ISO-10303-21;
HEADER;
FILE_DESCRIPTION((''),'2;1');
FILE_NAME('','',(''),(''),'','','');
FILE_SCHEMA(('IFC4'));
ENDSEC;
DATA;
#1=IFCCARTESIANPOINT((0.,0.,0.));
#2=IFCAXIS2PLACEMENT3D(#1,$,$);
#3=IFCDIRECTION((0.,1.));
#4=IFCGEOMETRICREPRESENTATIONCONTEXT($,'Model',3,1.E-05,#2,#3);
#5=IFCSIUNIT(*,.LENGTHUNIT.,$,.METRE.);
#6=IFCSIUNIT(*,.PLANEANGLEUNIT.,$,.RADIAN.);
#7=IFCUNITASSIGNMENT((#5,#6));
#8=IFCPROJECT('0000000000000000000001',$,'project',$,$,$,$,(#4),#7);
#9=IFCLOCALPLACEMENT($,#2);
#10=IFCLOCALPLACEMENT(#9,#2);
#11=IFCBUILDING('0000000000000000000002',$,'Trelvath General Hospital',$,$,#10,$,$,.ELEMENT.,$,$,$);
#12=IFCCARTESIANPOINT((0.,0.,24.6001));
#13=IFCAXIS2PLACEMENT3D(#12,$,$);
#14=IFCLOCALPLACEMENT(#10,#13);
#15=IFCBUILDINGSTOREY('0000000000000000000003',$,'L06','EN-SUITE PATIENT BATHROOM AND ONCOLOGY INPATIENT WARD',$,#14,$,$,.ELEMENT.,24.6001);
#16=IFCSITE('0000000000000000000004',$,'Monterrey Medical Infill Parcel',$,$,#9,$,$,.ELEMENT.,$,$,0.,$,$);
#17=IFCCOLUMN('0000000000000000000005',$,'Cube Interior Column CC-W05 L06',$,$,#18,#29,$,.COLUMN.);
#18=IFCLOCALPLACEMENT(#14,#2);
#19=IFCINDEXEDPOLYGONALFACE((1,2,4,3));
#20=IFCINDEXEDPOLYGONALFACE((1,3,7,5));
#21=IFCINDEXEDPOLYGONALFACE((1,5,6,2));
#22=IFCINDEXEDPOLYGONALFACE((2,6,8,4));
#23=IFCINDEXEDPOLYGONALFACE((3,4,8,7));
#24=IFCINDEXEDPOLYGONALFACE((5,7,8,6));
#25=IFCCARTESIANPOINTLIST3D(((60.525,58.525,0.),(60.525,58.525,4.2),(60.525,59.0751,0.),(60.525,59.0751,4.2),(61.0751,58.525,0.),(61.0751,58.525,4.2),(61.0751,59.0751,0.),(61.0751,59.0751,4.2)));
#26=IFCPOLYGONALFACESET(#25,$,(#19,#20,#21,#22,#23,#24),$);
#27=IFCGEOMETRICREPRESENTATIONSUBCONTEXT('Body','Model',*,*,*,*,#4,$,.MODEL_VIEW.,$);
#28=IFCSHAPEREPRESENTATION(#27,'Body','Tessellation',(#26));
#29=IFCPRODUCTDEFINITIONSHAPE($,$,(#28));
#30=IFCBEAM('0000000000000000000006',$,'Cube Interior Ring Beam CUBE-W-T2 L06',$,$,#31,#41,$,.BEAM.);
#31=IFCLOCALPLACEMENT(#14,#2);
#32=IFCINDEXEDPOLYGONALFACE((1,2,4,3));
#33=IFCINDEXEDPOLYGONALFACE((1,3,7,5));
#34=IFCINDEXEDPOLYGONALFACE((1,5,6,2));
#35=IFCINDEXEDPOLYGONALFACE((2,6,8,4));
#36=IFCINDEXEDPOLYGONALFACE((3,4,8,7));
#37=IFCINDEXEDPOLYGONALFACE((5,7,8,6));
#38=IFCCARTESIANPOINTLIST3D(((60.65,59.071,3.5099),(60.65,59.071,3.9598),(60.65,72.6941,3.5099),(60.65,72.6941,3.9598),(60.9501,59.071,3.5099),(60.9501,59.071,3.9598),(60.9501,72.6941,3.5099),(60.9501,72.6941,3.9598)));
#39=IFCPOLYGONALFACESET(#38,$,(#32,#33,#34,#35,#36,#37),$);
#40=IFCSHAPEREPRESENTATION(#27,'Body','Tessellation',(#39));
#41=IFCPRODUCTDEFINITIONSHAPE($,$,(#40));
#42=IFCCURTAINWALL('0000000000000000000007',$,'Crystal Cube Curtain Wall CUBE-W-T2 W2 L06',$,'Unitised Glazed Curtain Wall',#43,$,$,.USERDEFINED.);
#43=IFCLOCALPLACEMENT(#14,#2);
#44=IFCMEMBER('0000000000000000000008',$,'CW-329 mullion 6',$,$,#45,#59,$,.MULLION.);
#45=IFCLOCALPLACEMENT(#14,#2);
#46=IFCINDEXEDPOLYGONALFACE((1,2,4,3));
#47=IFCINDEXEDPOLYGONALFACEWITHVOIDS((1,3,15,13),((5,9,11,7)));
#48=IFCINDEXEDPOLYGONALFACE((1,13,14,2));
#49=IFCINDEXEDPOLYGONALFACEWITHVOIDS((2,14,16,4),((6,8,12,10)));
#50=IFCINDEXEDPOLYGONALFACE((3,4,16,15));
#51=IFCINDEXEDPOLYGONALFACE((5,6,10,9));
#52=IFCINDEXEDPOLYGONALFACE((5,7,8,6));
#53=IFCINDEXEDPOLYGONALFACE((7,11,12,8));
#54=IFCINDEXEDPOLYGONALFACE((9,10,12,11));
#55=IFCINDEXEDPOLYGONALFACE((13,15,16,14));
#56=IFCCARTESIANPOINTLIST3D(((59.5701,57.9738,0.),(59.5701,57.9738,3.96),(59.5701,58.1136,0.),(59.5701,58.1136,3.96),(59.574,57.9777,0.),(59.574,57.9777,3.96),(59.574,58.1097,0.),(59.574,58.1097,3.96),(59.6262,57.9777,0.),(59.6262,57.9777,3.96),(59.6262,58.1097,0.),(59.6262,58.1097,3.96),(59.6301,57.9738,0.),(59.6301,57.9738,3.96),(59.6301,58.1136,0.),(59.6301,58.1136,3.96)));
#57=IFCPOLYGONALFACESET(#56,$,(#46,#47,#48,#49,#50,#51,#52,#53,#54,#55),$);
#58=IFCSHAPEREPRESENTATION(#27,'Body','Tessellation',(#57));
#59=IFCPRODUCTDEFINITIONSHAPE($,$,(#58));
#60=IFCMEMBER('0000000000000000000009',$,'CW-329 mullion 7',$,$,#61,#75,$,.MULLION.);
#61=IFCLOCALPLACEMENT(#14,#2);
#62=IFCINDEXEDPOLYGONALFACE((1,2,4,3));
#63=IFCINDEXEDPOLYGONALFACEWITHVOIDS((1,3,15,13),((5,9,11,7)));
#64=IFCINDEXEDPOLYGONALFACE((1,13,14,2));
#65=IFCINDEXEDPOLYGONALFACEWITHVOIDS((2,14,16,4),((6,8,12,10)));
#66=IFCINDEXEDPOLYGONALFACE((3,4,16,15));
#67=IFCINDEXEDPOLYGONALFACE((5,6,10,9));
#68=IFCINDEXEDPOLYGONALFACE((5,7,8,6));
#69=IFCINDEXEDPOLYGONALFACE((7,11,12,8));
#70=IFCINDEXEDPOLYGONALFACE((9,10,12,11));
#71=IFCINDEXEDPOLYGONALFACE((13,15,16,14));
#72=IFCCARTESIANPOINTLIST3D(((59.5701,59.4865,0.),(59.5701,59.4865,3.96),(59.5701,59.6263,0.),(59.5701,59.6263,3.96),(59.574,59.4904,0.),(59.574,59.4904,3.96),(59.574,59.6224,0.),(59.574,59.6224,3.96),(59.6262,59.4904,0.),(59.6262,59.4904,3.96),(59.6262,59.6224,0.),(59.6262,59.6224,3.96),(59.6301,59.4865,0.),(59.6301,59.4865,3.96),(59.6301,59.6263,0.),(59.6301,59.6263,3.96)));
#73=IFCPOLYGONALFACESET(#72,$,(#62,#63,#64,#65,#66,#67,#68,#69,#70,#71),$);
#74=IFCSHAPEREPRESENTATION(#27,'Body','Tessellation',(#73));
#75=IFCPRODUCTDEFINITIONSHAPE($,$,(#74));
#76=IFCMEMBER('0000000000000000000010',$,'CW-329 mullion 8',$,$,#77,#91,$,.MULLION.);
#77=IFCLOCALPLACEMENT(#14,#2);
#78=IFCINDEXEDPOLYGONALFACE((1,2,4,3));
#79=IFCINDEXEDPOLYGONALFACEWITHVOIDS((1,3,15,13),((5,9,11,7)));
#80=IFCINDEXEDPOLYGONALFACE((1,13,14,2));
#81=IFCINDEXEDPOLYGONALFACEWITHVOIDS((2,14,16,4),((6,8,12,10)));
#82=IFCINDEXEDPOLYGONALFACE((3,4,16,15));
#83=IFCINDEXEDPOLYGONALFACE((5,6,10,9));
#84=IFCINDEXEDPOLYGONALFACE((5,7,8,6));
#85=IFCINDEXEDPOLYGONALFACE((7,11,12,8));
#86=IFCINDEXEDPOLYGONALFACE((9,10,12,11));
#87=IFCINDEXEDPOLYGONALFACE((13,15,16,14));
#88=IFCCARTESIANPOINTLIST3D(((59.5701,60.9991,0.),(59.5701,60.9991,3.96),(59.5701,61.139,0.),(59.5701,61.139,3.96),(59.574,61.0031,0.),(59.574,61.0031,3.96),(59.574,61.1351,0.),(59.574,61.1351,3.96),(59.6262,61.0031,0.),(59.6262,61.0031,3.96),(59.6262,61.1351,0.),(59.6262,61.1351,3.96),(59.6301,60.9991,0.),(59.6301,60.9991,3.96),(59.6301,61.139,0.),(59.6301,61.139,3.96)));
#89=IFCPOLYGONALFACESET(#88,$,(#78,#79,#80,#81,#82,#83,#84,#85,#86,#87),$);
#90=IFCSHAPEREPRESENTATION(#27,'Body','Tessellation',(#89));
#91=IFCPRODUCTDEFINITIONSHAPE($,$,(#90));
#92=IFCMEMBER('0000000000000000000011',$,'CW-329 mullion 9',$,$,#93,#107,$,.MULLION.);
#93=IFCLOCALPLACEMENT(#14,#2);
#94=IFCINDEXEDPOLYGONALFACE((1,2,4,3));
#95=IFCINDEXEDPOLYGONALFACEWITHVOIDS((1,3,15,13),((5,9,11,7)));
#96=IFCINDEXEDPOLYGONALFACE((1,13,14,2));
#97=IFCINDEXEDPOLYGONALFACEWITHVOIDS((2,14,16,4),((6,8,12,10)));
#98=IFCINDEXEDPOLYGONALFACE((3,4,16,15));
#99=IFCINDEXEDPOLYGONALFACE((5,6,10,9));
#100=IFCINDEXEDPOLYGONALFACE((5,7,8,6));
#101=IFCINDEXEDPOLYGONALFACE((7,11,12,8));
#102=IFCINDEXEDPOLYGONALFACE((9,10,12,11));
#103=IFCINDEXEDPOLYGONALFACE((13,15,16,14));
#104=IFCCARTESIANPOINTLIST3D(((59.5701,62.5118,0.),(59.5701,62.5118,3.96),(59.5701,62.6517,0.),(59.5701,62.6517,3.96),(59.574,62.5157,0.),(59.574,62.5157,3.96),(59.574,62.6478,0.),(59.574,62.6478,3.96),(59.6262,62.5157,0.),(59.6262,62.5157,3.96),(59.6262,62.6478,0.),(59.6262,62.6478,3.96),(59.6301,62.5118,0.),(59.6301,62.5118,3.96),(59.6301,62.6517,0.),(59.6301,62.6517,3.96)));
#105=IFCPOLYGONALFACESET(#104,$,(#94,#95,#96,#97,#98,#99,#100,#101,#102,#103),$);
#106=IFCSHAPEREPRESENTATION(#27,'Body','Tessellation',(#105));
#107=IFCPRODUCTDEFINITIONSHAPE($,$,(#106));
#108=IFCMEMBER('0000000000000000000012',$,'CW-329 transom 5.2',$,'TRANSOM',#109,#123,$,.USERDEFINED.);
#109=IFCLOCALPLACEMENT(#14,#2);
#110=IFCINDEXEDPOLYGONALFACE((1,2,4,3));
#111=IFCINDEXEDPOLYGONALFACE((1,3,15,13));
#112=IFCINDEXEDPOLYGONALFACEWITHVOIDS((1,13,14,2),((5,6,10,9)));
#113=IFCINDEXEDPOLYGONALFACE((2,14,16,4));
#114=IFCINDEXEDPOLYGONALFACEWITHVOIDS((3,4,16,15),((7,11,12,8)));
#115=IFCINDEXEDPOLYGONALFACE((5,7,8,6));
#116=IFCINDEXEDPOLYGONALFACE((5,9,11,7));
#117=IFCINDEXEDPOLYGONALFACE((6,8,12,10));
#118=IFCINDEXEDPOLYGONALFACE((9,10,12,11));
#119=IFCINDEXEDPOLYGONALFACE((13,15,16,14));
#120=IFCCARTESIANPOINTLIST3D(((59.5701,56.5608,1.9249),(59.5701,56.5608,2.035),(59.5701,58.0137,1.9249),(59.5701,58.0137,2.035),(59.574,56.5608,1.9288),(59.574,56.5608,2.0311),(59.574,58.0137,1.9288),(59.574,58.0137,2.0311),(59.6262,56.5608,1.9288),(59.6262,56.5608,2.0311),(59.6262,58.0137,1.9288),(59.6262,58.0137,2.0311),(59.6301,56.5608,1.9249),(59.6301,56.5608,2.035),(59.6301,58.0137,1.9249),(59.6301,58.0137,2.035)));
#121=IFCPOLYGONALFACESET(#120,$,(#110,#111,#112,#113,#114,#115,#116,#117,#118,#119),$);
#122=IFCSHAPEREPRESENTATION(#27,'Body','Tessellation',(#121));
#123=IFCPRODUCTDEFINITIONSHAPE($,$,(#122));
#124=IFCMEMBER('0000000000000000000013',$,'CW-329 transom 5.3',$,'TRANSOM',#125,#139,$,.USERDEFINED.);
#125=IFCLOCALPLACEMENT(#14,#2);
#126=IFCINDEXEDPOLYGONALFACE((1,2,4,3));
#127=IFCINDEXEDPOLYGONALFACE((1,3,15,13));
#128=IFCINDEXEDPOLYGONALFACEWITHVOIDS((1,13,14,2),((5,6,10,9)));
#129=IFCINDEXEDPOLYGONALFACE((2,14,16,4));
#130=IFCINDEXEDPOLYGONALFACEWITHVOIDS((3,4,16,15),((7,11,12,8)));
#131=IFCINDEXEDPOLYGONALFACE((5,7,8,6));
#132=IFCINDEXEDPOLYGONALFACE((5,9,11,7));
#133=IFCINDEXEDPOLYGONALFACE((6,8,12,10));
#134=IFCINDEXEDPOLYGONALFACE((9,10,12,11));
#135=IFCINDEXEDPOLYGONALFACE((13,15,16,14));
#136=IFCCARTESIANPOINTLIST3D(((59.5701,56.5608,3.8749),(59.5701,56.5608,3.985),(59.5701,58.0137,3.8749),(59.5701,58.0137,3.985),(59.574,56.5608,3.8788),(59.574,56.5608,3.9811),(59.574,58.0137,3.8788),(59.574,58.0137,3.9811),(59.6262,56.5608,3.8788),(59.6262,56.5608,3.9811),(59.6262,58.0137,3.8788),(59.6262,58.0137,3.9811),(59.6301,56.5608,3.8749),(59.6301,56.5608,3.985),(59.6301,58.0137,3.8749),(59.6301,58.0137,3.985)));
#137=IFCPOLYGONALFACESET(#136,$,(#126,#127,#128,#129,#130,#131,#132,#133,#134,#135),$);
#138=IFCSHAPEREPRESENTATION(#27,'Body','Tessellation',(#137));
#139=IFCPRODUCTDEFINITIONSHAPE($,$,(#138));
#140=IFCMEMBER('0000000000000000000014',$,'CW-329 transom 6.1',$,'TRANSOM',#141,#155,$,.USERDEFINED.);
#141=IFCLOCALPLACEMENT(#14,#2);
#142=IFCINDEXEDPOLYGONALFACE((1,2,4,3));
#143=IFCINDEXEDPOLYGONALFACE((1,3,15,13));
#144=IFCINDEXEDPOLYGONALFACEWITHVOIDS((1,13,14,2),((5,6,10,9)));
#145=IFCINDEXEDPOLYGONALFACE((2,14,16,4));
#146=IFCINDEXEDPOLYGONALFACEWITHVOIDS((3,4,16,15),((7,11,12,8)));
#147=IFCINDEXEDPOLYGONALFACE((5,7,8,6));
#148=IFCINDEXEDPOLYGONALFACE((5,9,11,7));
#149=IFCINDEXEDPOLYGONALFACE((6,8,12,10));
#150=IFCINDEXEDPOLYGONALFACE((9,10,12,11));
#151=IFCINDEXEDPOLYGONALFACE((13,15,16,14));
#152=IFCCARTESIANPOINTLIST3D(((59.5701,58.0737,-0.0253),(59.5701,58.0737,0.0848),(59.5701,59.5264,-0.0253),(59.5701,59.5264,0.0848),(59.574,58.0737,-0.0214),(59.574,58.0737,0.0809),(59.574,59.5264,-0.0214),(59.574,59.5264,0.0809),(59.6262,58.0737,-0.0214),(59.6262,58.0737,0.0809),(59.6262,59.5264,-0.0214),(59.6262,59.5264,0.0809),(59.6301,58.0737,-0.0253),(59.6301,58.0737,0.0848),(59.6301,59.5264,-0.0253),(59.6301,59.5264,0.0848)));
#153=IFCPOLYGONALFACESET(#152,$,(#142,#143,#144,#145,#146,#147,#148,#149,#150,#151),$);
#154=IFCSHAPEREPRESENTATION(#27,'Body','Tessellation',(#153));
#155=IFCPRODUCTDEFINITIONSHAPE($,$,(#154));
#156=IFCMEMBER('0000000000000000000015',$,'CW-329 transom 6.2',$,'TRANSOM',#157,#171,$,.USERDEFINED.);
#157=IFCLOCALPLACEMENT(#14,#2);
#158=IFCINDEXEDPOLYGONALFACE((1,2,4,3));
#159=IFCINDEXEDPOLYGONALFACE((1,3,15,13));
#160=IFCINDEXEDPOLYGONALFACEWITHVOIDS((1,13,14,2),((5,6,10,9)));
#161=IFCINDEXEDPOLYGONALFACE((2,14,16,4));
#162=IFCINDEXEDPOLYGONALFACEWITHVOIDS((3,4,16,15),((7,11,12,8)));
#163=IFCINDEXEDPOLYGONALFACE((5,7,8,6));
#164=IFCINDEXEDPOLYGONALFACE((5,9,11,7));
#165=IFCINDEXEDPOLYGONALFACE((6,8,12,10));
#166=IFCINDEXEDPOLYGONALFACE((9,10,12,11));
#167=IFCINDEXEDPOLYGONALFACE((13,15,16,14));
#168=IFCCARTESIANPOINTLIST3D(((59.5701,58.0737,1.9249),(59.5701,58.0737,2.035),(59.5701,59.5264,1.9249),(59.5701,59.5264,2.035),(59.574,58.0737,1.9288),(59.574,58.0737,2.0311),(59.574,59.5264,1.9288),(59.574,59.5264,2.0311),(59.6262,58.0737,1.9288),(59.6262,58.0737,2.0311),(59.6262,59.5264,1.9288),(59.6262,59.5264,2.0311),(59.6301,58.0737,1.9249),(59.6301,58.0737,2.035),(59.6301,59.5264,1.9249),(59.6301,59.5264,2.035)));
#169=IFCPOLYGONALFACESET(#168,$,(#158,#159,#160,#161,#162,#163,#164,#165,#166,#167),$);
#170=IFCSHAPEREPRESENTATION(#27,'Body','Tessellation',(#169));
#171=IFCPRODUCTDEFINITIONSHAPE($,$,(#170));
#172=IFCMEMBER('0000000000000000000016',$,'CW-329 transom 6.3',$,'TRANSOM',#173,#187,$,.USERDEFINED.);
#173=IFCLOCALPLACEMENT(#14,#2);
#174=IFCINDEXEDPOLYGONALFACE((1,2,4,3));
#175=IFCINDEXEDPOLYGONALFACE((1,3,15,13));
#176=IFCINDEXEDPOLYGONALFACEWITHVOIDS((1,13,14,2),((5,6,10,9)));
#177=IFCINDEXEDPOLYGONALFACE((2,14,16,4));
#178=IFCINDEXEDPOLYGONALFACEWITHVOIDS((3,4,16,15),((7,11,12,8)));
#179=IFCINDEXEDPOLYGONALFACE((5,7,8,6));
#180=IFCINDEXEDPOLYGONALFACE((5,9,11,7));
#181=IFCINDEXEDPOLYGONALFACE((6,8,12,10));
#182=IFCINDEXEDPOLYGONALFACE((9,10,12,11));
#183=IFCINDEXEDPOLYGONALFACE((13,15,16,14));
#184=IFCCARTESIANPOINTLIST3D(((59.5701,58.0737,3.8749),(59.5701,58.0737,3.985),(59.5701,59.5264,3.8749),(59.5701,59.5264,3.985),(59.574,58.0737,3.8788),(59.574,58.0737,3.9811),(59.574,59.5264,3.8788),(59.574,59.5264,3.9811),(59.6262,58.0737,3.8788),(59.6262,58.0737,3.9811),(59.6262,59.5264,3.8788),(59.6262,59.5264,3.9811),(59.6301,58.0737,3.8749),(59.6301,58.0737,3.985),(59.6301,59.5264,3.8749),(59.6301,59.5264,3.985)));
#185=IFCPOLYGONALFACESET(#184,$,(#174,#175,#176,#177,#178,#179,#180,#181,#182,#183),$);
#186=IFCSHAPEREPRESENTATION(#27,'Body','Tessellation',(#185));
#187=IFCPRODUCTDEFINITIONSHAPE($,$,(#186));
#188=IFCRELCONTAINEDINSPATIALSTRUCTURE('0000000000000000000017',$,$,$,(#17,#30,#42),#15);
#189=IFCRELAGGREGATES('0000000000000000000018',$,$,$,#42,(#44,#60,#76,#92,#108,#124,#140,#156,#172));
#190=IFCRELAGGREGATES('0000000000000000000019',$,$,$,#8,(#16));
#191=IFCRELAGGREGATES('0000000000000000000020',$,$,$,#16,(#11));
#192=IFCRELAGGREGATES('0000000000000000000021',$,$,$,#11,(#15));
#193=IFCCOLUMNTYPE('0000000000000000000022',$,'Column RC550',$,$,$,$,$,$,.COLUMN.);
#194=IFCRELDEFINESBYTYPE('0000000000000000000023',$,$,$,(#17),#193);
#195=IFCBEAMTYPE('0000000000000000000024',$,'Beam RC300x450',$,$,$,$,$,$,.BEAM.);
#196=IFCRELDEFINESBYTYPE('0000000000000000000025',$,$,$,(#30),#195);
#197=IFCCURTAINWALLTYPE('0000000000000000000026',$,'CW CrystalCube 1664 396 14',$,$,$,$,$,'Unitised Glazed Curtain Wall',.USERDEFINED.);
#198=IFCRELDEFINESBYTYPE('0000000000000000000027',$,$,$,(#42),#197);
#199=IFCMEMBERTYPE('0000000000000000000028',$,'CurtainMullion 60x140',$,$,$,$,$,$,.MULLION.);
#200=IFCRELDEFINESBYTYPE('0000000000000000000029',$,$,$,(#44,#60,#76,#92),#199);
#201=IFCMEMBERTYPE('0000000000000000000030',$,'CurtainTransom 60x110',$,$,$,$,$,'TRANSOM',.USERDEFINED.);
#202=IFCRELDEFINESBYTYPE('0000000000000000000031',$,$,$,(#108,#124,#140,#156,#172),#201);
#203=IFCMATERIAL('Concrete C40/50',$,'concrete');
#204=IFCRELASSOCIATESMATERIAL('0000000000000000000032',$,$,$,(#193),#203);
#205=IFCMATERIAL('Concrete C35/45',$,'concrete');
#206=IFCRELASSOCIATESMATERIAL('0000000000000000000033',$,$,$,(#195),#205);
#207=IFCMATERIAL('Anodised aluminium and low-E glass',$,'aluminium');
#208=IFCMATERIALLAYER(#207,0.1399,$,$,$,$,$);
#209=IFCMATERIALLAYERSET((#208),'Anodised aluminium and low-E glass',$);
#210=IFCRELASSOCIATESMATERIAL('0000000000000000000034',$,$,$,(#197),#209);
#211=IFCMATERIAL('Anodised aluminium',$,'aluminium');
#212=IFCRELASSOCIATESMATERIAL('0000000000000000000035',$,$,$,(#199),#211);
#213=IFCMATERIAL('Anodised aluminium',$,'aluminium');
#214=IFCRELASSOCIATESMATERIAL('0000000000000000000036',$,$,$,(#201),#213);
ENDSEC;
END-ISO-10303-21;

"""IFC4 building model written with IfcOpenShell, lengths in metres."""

from ifc_helpers import new_model, si_unit, direction, frame, origin, origin_2d, place, context, subcontext, project, spatial, rectangle, hollow_rectangle, extrude, material, layer, layer_set, material_profile, profile_set, type_object, element, aggregate, save


model = new_model("IFC4")

# Units and contexts
model_context = context("Model", 3, precision=1e-05, world=origin(), true_north=direction((0.0, 1.0)))
body_context = subcontext(model_context, "Body", "Model", "MODEL_VIEW")
ifc_project = project(units=[si_unit("LENGTHUNIT", "METRE"), si_unit("PLANEANGLEUNIT", "RADIAN")], contexts=[model_context])

# Site, building, storey
site_placement = place(None, origin())
site = spatial("IfcSite", under=ifc_project, at=site_placement, Name="Monterrey Medical Infill Parcel", CompositionType="ELEMENT", RefElevation=0.0)
building_placement = place(site_placement, origin())
building = spatial("IfcBuilding", under=site, at=building_placement, Name="Trelvath General Hospital", CompositionType="ELEMENT")
storey_placement = place(building_placement, frame((0.0, 0.0, 24.6001)))
storey = spatial("IfcBuildingStorey", under=building, at=storey_placement, Name="L06", Description="EN-SUITE PATIENT BATHROOM AND ONCOLOGY INPATIENT WARD", CompositionType="ELEMENT", Elevation=24.6001)

# Column
ifc_material_1 = material(Name="Concrete C40/50", Category="concrete")
ifc_material_profile_1 = material_profile(ifc_material_1, rectangle(XDim=0.55, YDim=0.55, at=origin_2d()), Name="RC550x550")
ifc_profile_set_1 = profile_set([ifc_material_profile_1], Name="Concrete C40/50")
column_type = type_object("IfcColumnType", Name="Column RC550", PredefinedType="COLUMN", material=ifc_profile_set_1)
column_placement = place(storey_placement, frame((60.8, 58.8, 0.0), z_axis=(0.0, 0.0, 1.0), x_axis=(1.0, 0.0, 0.0)))
element("IfcColumn", 1, at=column_placement, inside=storey, type_object=column_type, Name="Cube Interior Column CC-W05 L06", PredefinedType="COLUMN", context=body_context, shape_type="SweptSolid", body=[
    extrude(rectangle(XDim=0.55, YDim=0.55, at=origin_2d()), origin(), (0.0, 0.0, 1.0), 4.2),
])

# Beam
ifc_material_2 = material(Name="Concrete C35/45", Category="concrete")
ifc_material_profile_2 = material_profile(ifc_material_2, rectangle(XDim=0.3, YDim=0.45, at=origin_2d()), Name="RCB300x450")
ifc_profile_set_2 = profile_set([ifc_material_profile_2], Name="Concrete C35/45")
beam_type = type_object("IfcBeamType", Name="Beam RC300x450", PredefinedType="BEAM", material=ifc_profile_set_2)
beam_placement = place(storey_placement, frame((60.8, 59.071, 3.7349), z_axis=(0.0, 1.0, 0.0), x_axis=(-1.0, 0.0, 0.0)))
element("IfcBeam", 2, at=beam_placement, inside=storey, type_object=beam_type, Name="Cube Interior Ring Beam CUBE-W-T2 L06", PredefinedType="BEAM", context=body_context, shape_type="SweptSolid", body=[
    extrude(rectangle(XDim=0.3, YDim=0.45, at=origin_2d()), origin(), (0.0, 0.0, 1.0), 13.623),
])

# Curtain wall, members
ifc_material_3 = material(Name="Anodised aluminium and low-E glass", Category="aluminium")
ifc_layer_1 = layer(ifc_material_3, 0.1399)
ifc_layer_set_1 = layer_set([ifc_layer_1], Name="Anodised aluminium and low-E glass")
curtain_wall_type = type_object("IfcCurtainWallType", Name="CW CrystalCube 1664 396 14", ElementType="Unitised Glazed Curtain Wall", PredefinedType="USERDEFINED", material=ifc_layer_set_1)
curtain_wall_placement = place(storey_placement, origin())
curtain_wall = element("IfcCurtainWall", 3, at=curtain_wall_placement, inside=storey, type_object=curtain_wall_type, Name="Crystal Cube Curtain Wall CUBE-W-T2 W2 L06", ObjectType="Unitised Glazed Curtain Wall", PredefinedType="USERDEFINED")
ifc_material_4 = material(Name="Anodised aluminium", Category="aluminium")
ifc_material_profile_3 = material_profile(ifc_material_4, hollow_rectangle(XDim=0.0601, YDim=0.1399, WallThickness=0.0039, at=origin_2d()), Name="RHS60x140x4")
ifc_profile_set_3 = profile_set([ifc_material_profile_3], Name="Anodised aluminium")
member_type_1 = type_object("IfcMemberType", Name="CurtainMullion 60x140", PredefinedType="MULLION", material=ifc_profile_set_3)
member_1_placement = place(storey_placement, frame((59.6001, 58.0437, 0.0), z_axis=(0.0, 0.0, 1.0), x_axis=(-1.0, 0.0, 0.0)))
member_1 = element("IfcMember", 4, at=member_1_placement, type_object=member_type_1, Name="CW-329 mullion 6", PredefinedType="MULLION", context=body_context, shape_type="SweptSolid", body=[
    extrude(hollow_rectangle(XDim=0.0601, YDim=0.1399, WallThickness=0.0039, at=origin_2d()), origin(), (0.0, 0.0, 1.0), 3.96),
])
member_2_placement = place(storey_placement, frame((59.6001, 59.5564, 0.0), z_axis=(0.0, 0.0, 1.0), x_axis=(-1.0, 0.0, 0.0)))
member_2 = element("IfcMember", 5, at=member_2_placement, type_object=member_type_1, Name="CW-329 mullion 7", PredefinedType="MULLION", context=body_context, shape_type="SweptSolid", body=[
    extrude(hollow_rectangle(XDim=0.0601, YDim=0.1399, WallThickness=0.0039, at=origin_2d()), origin(), (0.0, 0.0, 1.0), 3.96),
])
member_3_placement = place(storey_placement, frame((59.6001, 61.0691, 0.0), z_axis=(0.0, 0.0, 1.0), x_axis=(-1.0, 0.0, 0.0)))
member_3 = element("IfcMember", 6, at=member_3_placement, type_object=member_type_1, Name="CW-329 mullion 8", PredefinedType="MULLION", context=body_context, shape_type="SweptSolid", body=[
    extrude(hollow_rectangle(XDim=0.0601, YDim=0.1399, WallThickness=0.0039, at=origin_2d()), origin(), (0.0, 0.0, 1.0), 3.96),
])
member_4_placement = place(storey_placement, frame((59.6001, 62.5818, 0.0), z_axis=(0.0, 0.0, 1.0), x_axis=(-1.0, 0.0, 0.0)))
member_4 = element("IfcMember", 7, at=member_4_placement, type_object=member_type_1, Name="CW-329 mullion 9", PredefinedType="MULLION", context=body_context, shape_type="SweptSolid", body=[
    extrude(hollow_rectangle(XDim=0.0601, YDim=0.1399, WallThickness=0.0039, at=origin_2d()), origin(), (0.0, 0.0, 1.0), 3.96),
])
ifc_material_5 = material(Name="Anodised aluminium", Category="aluminium")
ifc_material_profile_4 = material_profile(ifc_material_5, hollow_rectangle(XDim=0.0601, YDim=0.1101, WallThickness=0.0039, at=origin_2d()), Name="RHS60x110x4")
ifc_profile_set_4 = profile_set([ifc_material_profile_4], Name="Anodised aluminium")
member_type_2 = type_object("IfcMemberType", Name="CurtainTransom 60x110", ElementType="TRANSOM", PredefinedType="USERDEFINED", material=ifc_profile_set_4)
member_5_placement = place(storey_placement, frame((59.6001, 56.5608, 1.98), z_axis=(0.0, 1.0, 0.0), x_axis=(-1.0, 0.0, 0.0)))
member_5 = element("IfcMember", 8, at=member_5_placement, type_object=member_type_2, Name="CW-329 transom 5.2", ObjectType="TRANSOM", PredefinedType="USERDEFINED", context=body_context, shape_type="SweptSolid", body=[
    extrude(hollow_rectangle(XDim=0.0601, YDim=0.1101, WallThickness=0.0039, at=origin_2d()), origin(), (0.0, 0.0, 1.0), 1.4529),
])
member_6_placement = place(storey_placement, frame((59.6001, 56.5608, 3.9299), z_axis=(0.0, 1.0, 0.0), x_axis=(-1.0, 0.0, 0.0)))
member_6 = element("IfcMember", 9, at=member_6_placement, type_object=member_type_2, Name="CW-329 transom 5.3", ObjectType="TRANSOM", PredefinedType="USERDEFINED", context=body_context, shape_type="SweptSolid", body=[
    extrude(hollow_rectangle(XDim=0.0601, YDim=0.1101, WallThickness=0.0039, at=origin_2d()), origin(), (0.0, 0.0, 1.0), 1.4529),
])
member_7_placement = place(storey_placement, frame((59.6001, 58.0737, 0.0298), z_axis=(0.0, 1.0, 0.0), x_axis=(-1.0, 0.0, 0.0)))
member_7 = element("IfcMember", 10, at=member_7_placement, type_object=member_type_2, Name="CW-329 transom 6.1", ObjectType="TRANSOM", PredefinedType="USERDEFINED", context=body_context, shape_type="SweptSolid", body=[
    extrude(hollow_rectangle(XDim=0.0601, YDim=0.1101, WallThickness=0.0039, at=origin_2d()), origin(), (0.0, 0.0, 1.0), 1.4526),
])
member_8_placement = place(storey_placement, frame((59.6001, 58.0737, 1.98), z_axis=(0.0, 1.0, 0.0), x_axis=(-1.0, 0.0, 0.0)))
member_8 = element("IfcMember", 11, at=member_8_placement, type_object=member_type_2, Name="CW-329 transom 6.2", ObjectType="TRANSOM", PredefinedType="USERDEFINED", context=body_context, shape_type="SweptSolid", body=[
    extrude(hollow_rectangle(XDim=0.0601, YDim=0.1101, WallThickness=0.0039, at=origin_2d()), origin(), (0.0, 0.0, 1.0), 1.4526),
])
member_9_placement = place(storey_placement, frame((59.6001, 58.0737, 3.9299), z_axis=(0.0, 1.0, 0.0), x_axis=(-1.0, 0.0, 0.0)))
member_9 = element("IfcMember", 12, at=member_9_placement, type_object=member_type_2, Name="CW-329 transom 6.3", ObjectType="TRANSOM", PredefinedType="USERDEFINED", context=body_context, shape_type="SweptSolid", body=[
    extrude(hollow_rectangle(XDim=0.0601, YDim=0.1101, WallThickness=0.0039, at=origin_2d()), origin(), (0.0, 0.0, 1.0), 1.4526),
])
aggregate(curtain_wall, [member_1, member_2, member_3, member_4, member_5, member_6, member_7, member_8, member_9])

save(model, "model.ifc")
